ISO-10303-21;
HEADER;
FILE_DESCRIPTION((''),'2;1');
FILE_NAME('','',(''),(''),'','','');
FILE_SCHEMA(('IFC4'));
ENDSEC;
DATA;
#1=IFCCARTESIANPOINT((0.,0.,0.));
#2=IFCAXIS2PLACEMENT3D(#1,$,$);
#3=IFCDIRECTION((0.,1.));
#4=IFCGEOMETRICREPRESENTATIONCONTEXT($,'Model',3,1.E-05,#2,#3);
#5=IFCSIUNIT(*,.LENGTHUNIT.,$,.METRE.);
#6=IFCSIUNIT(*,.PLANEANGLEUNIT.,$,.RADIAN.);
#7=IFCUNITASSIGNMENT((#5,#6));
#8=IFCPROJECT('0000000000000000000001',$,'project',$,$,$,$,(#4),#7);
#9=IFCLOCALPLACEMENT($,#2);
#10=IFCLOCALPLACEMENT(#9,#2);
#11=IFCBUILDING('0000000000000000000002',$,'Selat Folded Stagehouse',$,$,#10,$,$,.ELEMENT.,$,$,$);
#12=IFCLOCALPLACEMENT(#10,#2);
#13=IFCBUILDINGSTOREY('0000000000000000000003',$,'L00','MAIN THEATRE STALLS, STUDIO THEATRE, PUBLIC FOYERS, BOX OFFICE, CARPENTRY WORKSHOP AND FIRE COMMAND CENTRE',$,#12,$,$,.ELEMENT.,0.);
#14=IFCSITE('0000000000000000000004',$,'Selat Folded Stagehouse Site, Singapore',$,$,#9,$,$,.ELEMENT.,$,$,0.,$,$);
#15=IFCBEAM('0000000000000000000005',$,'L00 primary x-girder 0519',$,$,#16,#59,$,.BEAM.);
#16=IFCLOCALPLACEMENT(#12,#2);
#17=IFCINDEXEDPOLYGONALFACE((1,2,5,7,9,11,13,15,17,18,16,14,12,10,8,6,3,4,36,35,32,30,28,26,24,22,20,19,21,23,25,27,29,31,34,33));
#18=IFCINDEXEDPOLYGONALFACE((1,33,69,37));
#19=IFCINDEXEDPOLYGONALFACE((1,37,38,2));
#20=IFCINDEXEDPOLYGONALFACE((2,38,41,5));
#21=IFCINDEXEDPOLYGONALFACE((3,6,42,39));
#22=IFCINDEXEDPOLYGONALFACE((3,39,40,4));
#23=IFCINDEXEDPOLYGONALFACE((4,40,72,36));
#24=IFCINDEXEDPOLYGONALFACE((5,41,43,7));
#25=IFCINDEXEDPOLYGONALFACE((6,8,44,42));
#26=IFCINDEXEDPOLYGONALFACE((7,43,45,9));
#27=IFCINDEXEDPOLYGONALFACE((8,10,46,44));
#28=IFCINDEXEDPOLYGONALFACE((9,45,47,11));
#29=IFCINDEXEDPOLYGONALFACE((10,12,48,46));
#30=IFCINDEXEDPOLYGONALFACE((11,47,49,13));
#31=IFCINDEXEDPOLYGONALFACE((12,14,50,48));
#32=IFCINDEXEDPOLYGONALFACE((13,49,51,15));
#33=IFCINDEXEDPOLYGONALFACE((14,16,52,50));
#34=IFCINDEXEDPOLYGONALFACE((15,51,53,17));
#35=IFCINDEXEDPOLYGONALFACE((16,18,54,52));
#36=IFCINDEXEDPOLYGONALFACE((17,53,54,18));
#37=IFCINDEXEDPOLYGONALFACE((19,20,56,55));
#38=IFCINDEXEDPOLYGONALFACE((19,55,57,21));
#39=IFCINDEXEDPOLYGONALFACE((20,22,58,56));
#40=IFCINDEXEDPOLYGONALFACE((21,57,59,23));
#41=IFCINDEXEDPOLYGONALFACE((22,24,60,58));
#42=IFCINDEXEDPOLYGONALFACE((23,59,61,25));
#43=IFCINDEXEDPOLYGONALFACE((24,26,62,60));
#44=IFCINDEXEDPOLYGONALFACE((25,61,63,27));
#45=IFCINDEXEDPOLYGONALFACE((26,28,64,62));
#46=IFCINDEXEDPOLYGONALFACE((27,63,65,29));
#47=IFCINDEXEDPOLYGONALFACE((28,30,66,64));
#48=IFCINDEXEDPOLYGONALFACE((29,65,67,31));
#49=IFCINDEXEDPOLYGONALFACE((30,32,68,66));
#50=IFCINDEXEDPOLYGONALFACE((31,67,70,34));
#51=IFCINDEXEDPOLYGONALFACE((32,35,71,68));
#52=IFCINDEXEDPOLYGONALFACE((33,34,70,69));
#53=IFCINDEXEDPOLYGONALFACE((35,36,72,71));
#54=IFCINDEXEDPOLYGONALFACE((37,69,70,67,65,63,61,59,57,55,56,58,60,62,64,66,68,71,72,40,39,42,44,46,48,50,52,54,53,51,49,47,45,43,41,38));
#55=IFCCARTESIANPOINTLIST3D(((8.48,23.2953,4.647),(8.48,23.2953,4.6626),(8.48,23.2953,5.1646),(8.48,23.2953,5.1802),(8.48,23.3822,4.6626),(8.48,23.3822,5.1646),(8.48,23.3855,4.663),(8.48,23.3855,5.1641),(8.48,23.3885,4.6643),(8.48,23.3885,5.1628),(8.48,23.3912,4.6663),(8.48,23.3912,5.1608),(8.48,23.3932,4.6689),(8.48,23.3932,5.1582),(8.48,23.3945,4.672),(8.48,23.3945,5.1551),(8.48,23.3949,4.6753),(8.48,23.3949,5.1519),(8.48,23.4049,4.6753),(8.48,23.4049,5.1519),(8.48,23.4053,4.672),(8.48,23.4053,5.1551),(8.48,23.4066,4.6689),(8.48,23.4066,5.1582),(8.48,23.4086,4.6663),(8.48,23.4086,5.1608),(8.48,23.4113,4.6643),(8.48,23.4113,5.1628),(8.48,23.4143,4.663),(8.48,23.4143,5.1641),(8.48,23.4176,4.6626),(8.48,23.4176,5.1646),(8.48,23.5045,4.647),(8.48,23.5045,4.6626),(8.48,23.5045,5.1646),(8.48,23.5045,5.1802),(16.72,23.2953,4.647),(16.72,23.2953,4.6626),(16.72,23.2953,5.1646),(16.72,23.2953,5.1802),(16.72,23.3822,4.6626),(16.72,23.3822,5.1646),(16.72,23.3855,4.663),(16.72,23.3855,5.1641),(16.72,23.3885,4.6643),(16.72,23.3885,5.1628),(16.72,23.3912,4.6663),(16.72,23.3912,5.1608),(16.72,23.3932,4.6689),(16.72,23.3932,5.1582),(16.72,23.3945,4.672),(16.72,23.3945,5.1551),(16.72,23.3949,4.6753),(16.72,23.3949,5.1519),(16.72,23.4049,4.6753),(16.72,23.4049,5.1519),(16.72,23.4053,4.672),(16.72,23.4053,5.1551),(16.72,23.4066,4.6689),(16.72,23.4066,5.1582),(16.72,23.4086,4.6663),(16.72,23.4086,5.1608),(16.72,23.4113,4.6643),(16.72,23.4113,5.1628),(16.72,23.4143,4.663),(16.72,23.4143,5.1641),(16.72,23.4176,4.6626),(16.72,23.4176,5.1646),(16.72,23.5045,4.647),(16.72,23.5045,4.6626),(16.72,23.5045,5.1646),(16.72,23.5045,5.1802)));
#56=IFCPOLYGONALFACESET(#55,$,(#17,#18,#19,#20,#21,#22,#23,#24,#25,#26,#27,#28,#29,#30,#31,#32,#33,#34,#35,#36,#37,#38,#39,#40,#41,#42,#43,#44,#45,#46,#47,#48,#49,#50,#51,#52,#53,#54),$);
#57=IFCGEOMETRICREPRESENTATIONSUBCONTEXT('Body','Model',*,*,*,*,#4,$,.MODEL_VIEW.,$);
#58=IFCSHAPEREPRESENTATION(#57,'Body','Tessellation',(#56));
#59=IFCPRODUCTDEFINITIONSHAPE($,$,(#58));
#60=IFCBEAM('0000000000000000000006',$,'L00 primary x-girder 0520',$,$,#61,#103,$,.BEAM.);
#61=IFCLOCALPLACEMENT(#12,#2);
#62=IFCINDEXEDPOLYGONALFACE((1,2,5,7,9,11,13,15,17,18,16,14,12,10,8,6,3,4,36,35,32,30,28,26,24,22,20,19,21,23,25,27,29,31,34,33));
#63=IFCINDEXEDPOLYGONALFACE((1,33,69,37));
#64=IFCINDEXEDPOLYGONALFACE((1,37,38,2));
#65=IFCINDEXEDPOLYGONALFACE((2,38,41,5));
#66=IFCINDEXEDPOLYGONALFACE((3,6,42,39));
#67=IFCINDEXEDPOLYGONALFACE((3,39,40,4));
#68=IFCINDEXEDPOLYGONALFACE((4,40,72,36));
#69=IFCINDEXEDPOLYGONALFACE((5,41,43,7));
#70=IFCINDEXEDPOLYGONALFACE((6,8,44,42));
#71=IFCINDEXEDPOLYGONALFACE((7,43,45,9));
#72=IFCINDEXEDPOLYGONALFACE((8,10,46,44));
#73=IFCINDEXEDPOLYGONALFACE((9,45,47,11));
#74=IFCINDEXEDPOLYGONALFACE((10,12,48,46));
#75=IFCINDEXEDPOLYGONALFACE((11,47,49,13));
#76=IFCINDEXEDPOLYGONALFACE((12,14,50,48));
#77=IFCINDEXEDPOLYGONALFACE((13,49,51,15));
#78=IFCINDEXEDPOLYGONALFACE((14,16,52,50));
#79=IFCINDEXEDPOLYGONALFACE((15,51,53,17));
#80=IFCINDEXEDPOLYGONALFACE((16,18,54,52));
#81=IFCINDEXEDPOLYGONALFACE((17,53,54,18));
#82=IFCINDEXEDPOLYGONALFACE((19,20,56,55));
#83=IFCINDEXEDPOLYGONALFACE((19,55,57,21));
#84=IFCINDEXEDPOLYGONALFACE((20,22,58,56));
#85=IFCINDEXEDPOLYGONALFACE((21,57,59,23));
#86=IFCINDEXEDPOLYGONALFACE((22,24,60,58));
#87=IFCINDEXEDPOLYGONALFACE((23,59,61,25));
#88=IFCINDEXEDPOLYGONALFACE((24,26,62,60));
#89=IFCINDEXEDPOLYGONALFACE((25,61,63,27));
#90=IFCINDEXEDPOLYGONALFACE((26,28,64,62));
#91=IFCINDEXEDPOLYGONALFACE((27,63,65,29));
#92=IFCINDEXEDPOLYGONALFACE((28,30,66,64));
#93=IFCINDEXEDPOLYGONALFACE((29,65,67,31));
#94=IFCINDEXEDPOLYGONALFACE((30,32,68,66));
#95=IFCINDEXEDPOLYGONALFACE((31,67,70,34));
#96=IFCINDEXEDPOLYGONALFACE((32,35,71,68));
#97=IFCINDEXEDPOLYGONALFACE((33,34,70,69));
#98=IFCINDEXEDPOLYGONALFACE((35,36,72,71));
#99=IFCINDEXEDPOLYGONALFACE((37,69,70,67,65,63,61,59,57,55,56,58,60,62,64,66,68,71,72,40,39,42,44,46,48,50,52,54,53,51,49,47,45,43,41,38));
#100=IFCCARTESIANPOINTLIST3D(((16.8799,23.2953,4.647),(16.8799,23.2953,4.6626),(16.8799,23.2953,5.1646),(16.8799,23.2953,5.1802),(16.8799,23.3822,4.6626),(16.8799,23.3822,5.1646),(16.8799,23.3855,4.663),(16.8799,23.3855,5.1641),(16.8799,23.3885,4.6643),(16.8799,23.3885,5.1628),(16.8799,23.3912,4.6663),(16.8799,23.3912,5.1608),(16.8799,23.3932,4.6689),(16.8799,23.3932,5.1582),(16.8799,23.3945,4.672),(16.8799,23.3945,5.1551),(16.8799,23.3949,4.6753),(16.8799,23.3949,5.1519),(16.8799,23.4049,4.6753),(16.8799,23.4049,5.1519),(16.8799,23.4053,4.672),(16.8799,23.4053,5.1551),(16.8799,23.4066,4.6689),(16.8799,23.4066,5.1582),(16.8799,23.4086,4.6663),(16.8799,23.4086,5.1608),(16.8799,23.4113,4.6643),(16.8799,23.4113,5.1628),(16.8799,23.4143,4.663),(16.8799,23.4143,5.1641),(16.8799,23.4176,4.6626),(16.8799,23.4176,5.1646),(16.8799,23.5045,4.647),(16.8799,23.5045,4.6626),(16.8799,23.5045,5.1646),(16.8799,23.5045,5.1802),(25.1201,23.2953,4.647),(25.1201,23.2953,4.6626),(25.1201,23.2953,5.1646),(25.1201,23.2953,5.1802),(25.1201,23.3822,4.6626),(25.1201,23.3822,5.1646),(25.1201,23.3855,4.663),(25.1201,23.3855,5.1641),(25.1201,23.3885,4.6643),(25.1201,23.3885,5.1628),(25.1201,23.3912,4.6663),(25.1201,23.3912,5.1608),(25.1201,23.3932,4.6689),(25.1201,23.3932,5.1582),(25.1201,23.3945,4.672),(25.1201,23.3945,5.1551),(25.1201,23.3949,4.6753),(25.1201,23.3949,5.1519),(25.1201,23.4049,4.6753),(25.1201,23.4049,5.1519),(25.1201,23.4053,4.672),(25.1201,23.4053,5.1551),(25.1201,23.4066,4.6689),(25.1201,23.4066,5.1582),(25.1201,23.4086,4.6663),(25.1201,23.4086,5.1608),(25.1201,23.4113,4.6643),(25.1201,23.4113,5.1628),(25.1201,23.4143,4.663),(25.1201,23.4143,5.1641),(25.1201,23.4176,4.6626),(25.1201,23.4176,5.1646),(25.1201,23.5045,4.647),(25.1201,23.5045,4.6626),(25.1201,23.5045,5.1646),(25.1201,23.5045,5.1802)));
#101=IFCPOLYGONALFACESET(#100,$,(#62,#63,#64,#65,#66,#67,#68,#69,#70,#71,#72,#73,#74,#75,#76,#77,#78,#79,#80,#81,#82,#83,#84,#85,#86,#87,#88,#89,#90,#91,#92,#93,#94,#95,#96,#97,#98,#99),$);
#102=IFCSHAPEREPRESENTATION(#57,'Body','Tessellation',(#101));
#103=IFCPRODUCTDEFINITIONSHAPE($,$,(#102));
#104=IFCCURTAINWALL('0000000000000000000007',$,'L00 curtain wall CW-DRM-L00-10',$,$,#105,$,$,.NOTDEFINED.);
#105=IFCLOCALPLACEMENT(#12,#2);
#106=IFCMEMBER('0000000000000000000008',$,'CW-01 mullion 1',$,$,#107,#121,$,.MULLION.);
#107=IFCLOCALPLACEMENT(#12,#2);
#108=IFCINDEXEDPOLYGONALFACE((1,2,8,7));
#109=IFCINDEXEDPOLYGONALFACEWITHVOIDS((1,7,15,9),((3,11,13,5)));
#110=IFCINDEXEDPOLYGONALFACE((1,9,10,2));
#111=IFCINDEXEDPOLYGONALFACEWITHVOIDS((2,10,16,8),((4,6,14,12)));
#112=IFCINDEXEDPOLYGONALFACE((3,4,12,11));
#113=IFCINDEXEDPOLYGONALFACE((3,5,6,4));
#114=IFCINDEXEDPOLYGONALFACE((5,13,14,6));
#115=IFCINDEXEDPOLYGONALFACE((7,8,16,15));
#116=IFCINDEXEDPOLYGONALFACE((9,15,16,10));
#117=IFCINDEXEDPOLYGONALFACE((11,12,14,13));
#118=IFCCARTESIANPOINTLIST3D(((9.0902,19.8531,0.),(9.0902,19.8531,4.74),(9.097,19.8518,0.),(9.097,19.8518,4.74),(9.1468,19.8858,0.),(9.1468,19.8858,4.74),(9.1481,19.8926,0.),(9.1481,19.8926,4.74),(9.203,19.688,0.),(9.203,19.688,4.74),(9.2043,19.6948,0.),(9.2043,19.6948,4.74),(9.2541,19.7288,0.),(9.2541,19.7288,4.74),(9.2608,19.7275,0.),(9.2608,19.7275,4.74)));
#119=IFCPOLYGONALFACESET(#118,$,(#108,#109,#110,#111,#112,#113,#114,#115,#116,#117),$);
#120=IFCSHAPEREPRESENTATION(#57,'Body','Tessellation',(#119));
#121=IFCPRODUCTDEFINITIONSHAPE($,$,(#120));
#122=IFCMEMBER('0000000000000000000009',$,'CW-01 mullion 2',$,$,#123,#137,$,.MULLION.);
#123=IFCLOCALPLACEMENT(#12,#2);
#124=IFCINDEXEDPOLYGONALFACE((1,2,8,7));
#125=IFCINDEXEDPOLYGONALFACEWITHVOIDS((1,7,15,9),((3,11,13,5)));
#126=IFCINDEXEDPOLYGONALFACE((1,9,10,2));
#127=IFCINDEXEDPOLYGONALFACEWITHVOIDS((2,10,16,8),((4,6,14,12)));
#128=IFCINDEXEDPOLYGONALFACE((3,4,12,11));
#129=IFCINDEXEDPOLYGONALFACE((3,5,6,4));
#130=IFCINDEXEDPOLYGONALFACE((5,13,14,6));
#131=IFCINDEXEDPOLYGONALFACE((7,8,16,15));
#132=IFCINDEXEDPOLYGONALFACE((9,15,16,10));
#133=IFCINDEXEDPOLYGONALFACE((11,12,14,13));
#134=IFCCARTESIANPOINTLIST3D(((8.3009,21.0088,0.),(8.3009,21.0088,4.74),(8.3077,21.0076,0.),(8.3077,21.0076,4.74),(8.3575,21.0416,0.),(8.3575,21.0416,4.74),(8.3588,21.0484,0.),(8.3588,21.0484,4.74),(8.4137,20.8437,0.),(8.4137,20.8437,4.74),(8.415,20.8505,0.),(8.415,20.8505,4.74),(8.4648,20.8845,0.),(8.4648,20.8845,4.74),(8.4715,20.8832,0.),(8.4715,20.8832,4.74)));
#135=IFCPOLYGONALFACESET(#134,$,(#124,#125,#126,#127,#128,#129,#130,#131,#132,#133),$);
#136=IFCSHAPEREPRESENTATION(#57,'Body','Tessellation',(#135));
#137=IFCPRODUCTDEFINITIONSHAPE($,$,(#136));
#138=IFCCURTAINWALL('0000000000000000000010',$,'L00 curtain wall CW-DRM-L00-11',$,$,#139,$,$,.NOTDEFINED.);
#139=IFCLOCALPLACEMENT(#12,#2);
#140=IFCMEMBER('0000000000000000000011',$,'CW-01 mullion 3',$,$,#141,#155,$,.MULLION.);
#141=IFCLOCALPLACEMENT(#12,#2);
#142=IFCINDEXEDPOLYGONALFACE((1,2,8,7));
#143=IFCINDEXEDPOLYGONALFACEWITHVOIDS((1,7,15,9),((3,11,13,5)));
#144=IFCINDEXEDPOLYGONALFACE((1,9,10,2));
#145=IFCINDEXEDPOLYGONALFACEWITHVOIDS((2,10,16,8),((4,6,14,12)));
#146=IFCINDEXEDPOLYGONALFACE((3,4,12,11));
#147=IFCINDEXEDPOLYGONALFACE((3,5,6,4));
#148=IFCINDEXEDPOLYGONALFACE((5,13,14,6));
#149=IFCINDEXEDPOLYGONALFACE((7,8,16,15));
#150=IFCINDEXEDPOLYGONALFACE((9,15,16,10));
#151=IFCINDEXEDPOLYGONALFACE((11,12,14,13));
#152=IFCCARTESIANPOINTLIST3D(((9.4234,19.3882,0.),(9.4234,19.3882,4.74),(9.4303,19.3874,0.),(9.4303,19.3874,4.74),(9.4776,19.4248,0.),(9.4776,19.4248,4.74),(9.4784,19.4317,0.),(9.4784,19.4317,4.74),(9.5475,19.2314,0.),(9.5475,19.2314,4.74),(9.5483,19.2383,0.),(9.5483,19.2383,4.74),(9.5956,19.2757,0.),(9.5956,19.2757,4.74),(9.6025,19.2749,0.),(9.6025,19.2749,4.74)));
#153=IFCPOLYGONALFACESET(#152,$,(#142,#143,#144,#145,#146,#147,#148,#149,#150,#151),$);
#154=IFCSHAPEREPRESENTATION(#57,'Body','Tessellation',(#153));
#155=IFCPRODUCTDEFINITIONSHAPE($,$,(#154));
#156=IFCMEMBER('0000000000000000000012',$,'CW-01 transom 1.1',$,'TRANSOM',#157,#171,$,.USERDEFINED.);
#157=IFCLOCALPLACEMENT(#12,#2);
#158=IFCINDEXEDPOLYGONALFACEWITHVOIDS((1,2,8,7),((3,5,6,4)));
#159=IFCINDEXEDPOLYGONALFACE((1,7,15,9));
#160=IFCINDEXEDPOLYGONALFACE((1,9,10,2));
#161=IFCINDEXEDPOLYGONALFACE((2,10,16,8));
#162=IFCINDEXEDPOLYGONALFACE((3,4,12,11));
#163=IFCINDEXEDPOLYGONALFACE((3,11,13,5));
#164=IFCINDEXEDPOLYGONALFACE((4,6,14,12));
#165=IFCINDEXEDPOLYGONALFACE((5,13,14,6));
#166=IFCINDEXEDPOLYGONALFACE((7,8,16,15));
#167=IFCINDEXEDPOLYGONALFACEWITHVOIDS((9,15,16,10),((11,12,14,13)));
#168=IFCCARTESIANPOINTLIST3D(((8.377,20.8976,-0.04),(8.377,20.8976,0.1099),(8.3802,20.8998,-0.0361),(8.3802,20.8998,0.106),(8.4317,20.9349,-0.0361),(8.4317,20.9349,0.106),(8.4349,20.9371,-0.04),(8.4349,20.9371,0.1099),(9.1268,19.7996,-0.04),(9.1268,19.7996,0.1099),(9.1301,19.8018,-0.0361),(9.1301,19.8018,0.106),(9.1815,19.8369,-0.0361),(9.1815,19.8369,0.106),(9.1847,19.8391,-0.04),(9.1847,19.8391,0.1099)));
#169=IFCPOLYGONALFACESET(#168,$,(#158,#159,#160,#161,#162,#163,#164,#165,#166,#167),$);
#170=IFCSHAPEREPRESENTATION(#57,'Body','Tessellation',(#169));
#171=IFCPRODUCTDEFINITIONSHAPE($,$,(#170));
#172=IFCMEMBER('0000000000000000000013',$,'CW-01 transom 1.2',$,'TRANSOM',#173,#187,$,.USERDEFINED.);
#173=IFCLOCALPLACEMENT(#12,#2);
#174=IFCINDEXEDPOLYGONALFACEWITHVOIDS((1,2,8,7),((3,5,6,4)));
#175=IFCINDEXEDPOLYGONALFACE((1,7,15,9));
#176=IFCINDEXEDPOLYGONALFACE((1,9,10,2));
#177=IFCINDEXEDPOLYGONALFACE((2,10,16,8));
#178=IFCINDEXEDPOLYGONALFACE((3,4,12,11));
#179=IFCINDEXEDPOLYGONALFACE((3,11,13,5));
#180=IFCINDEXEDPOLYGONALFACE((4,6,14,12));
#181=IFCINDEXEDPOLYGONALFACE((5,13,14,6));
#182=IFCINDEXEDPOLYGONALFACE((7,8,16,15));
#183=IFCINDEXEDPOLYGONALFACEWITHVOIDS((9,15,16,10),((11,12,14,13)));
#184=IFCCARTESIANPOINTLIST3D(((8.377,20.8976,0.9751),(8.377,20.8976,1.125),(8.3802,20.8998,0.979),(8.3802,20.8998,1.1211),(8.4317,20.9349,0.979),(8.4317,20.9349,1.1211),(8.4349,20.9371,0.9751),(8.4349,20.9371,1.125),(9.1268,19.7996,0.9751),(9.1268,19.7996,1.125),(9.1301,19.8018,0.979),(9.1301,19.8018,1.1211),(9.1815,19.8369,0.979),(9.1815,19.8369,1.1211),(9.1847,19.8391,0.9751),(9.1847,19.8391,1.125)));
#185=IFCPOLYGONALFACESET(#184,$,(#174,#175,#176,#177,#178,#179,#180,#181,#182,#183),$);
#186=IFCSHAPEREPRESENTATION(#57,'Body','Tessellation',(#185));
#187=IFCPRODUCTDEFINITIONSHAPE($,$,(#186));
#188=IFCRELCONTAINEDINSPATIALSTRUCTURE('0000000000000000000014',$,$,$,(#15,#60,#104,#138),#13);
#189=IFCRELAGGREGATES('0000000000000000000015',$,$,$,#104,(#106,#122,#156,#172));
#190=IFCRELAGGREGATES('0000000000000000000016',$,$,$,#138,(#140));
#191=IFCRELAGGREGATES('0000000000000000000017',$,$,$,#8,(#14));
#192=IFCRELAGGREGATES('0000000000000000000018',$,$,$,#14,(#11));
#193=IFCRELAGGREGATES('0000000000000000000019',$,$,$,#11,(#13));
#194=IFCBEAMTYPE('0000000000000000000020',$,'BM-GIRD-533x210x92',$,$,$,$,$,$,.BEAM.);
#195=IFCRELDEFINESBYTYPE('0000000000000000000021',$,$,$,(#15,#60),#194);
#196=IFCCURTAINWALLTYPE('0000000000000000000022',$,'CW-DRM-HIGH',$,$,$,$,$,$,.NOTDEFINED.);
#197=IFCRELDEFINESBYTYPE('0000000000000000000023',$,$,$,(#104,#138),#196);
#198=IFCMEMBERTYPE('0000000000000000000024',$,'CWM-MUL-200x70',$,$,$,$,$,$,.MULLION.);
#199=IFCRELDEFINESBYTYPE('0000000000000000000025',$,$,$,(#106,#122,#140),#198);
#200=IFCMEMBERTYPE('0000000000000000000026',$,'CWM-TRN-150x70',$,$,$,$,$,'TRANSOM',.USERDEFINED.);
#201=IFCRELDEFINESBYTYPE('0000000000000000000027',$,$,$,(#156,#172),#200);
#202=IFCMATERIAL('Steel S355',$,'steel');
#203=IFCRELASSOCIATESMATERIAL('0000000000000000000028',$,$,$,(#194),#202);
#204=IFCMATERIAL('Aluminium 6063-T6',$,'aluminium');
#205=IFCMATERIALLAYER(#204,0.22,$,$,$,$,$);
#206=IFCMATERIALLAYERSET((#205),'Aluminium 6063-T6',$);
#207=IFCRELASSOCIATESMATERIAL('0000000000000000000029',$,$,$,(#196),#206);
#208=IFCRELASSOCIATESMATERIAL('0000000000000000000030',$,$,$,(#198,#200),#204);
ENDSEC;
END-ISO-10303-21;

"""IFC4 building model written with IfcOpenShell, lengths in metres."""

from ifc_helpers import new_model, si_unit, direction, frame, origin, origin_2d, place, context, subcontext, project, spatial, hollow_rectangle, i_section, extrude, material, layer, layer_set, material_profile, profile_set, type_object, element, aggregate, save


model = new_model("IFC4")

# Units and contexts
model_context = context("Model", 3, precision=1e-05, world=origin(), true_north=direction((0.0, 1.0)))
body_context = subcontext(model_context, "Body", "Model", "MODEL_VIEW")
ifc_project = project(units=[si_unit("LENGTHUNIT", "METRE"), si_unit("PLANEANGLEUNIT", "RADIAN")], contexts=[model_context])

# Site, building, storey
site_placement = place(None, origin())
site = spatial("IfcSite", under=ifc_project, at=site_placement, Name="Selat Folded Stagehouse Site, Singapore", CompositionType="ELEMENT", RefElevation=0.0)
building_placement = place(site_placement, origin())
building = spatial("IfcBuilding", under=site, at=building_placement, Name="Selat Folded Stagehouse", CompositionType="ELEMENT")
storey_placement = place(building_placement, origin())
storey = spatial("IfcBuildingStorey", under=building, at=storey_placement, Name="L00", Description="MAIN THEATRE STALLS, STUDIO THEATRE, PUBLIC FOYERS, BOX OFFICE, CARPENTRY WORKSHOP AND FIRE COMMAND CENTRE", CompositionType="ELEMENT", Elevation=0.0)

# Shared definitions
ifc_material_1 = material(Name="Steel S355", Category="steel")

# Beams
ifc_material_profile_1 = material_profile(ifc_material_1, i_section(OverallWidth=0.2092, OverallDepth=0.5332, WebThickness=0.01, FlangeThickness=0.0156, FilletRadius=0.0127, at=origin_2d()), Name="UKB 533x210x92")
ifc_profile_set_1 = profile_set([ifc_material_profile_1], Name="Steel S355")
beam_type_1 = type_object("IfcBeamType", Name="BM-GIRD-533x210x92", PredefinedType="BEAM", material=ifc_profile_set_1)
beam_1_placement = place(storey_placement, frame((8.48, 23.3999, 4.9136), z_axis=(1.0, 0.0, 0.0), x_axis=(0.0, 1.0, 0.0)))
element("IfcBeam", 1, at=beam_1_placement, inside=storey, type_object=beam_type_1, Name="L00 primary x-girder 0519", PredefinedType="BEAM", context=body_context, shape_type="SweptSolid", body=[
    extrude(i_section(OverallWidth=0.2092, OverallDepth=0.5332, WebThickness=0.01, FlangeThickness=0.0156, FilletRadius=0.0127, at=origin_2d()), origin(), (0.0, 0.0, 1.0), 8.24),
])
beam_2_placement = place(storey_placement, frame((16.8799, 23.3999, 4.9136), z_axis=(1.0, 0.0, 0.0), x_axis=(0.0, 1.0, 0.0)))
element("IfcBeam", 2, at=beam_2_placement, inside=storey, type_object=beam_type_1, Name="L00 primary x-girder 0520", PredefinedType="BEAM", context=body_context, shape_type="SweptSolid", body=[
    extrude(i_section(OverallWidth=0.2092, OverallDepth=0.5332, WebThickness=0.01, FlangeThickness=0.0156, FilletRadius=0.0127, at=origin_2d()), origin(), (0.0, 0.0, 1.0), 8.2402),
])

# Curtain wall, members
ifc_material_2 = material(Name="Aluminium 6063-T6", Category="aluminium")
ifc_layer_1 = layer(ifc_material_2, 0.22)
ifc_layer_set_1 = layer_set([ifc_layer_1], Name="Aluminium 6063-T6")
curtain_wall_type = type_object("IfcCurtainWallType", Name="CW-DRM-HIGH", PredefinedType="NOTDEFINED", material=ifc_layer_set_1)
curtain_wall_1_placement = place(storey_placement, origin())
curtain_wall_1 = element("IfcCurtainWall", 3, at=curtain_wall_1_placement, inside=storey, type_object=curtain_wall_type, Name="L00 curtain wall CW-DRM-L00-10", PredefinedType="NOTDEFINED")
ifc_material_profile_2 = material_profile(ifc_material_2, hollow_rectangle(XDim=0.0701, YDim=0.2, WallThickness=0.0049, at=origin_2d()), Name="ALU 200x70x5.0")
ifc_profile_set_2 = profile_set([ifc_material_profile_2], Name="Aluminium 6063-T6")
member_type_1 = type_object("IfcMemberType", Name="CWM-MUL-200x70", PredefinedType="MULLION", material=ifc_profile_set_2)
member_1_placement = place(storey_placement, frame((9.1755, 19.7903, 0.0), z_axis=(0.0, 0.0, 1.0), x_axis=(-0.82581, -0.563948, 0.0)))
member_1 = element("IfcMember", 4, at=member_1_placement, type_object=member_type_1, Name="CW-01 mullion 1", PredefinedType="MULLION", context=body_context, shape_type="SweptSolid", body=[
    extrude(hollow_rectangle(XDim=0.0701, YDim=0.2, WallThickness=0.0049, at=origin_2d()), origin(), (0.0, 0.0, 1.0), 4.74),
])
member_2_placement = place(storey_placement, frame((8.3862, 20.946, 0.0), z_axis=(0.0, 0.0, 1.0), x_axis=(-0.82581, -0.563948, 0.0)))
member_2 = element("IfcMember", 5, at=member_2_placement, type_object=member_type_1, Name="CW-01 mullion 2", PredefinedType="MULLION", context=body_context, shape_type="SweptSolid", body=[
    extrude(hollow_rectangle(XDim=0.0701, YDim=0.2, WallThickness=0.0049, at=origin_2d()), origin(), (0.0, 0.0, 1.0), 4.74),
])

# Curtain wall, member
curtain_wall_2_placement = place(storey_placement, origin())
curtain_wall_2 = element("IfcCurtainWall", 6, at=curtain_wall_2_placement, inside=storey, type_object=curtain_wall_type, Name="L00 curtain wall CW-DRM-L00-11", PredefinedType="NOTDEFINED")
member_3_placement = place(storey_placement, frame((9.5129, 19.3315, 0.0), z_axis=(0.0, 0.0, 1.0), x_axis=(-0.78418, -0.620533, 0.0)))
member_3 = element("IfcMember", 7, at=member_3_placement, type_object=member_type_1, Name="CW-01 mullion 3", PredefinedType="MULLION", context=body_context, shape_type="SweptSolid", body=[
    extrude(hollow_rectangle(XDim=0.0701, YDim=0.2, WallThickness=0.0049, at=origin_2d()), origin(), (0.0, 0.0, 1.0), 4.74),
])

# Members
ifc_material_profile_3 = material_profile(ifc_material_2, hollow_rectangle(XDim=0.0701, YDim=0.1499, WallThickness=0.0039, at=origin_2d()), Name="ALU 150x70x4.0")
ifc_profile_set_3 = profile_set([ifc_material_profile_3], Name="Aluminium 6063-T6")
member_type_2 = type_object("IfcMemberType", Name="CWM-TRN-150x70", ElementType="TRANSOM", PredefinedType="USERDEFINED", material=ifc_profile_set_3)
member_4_placement = place(storey_placement, frame((9.1558, 19.8193, 0.0349), z_axis=(-0.563946, 0.825811, 0.0), x_axis=(-0.825811, -0.563946, 0.0)))
member_4 = element("IfcMember", 8, at=member_4_placement, type_object=member_type_2, Name="CW-01 transom 1.1", ObjectType="TRANSOM", PredefinedType="USERDEFINED", context=body_context, shape_type="SweptSolid", body=[
    extrude(hollow_rectangle(XDim=0.0701, YDim=0.1499, WallThickness=0.0039, at=origin_2d()), origin(), (0.0, 0.0, 1.0), 1.3296),
])
member_5_placement = place(storey_placement, frame((9.1558, 19.8193, 1.05), z_axis=(-0.563946, 0.825811, 0.0), x_axis=(-0.825811, -0.563946, 0.0)))
member_5 = element("IfcMember", 9, at=member_5_placement, type_object=member_type_2, Name="CW-01 transom 1.2", ObjectType="TRANSOM", PredefinedType="USERDEFINED", context=body_context, shape_type="SweptSolid", body=[
    extrude(hollow_rectangle(XDim=0.0701, YDim=0.1499, WallThickness=0.0039, at=origin_2d()), origin(), (0.0, 0.0, 1.0), 1.3296),
])

aggregate(curtain_wall_1, [member_1, member_2, member_4, member_5])
aggregate(curtain_wall_2, [member_3])

save(model, "model.ifc")
